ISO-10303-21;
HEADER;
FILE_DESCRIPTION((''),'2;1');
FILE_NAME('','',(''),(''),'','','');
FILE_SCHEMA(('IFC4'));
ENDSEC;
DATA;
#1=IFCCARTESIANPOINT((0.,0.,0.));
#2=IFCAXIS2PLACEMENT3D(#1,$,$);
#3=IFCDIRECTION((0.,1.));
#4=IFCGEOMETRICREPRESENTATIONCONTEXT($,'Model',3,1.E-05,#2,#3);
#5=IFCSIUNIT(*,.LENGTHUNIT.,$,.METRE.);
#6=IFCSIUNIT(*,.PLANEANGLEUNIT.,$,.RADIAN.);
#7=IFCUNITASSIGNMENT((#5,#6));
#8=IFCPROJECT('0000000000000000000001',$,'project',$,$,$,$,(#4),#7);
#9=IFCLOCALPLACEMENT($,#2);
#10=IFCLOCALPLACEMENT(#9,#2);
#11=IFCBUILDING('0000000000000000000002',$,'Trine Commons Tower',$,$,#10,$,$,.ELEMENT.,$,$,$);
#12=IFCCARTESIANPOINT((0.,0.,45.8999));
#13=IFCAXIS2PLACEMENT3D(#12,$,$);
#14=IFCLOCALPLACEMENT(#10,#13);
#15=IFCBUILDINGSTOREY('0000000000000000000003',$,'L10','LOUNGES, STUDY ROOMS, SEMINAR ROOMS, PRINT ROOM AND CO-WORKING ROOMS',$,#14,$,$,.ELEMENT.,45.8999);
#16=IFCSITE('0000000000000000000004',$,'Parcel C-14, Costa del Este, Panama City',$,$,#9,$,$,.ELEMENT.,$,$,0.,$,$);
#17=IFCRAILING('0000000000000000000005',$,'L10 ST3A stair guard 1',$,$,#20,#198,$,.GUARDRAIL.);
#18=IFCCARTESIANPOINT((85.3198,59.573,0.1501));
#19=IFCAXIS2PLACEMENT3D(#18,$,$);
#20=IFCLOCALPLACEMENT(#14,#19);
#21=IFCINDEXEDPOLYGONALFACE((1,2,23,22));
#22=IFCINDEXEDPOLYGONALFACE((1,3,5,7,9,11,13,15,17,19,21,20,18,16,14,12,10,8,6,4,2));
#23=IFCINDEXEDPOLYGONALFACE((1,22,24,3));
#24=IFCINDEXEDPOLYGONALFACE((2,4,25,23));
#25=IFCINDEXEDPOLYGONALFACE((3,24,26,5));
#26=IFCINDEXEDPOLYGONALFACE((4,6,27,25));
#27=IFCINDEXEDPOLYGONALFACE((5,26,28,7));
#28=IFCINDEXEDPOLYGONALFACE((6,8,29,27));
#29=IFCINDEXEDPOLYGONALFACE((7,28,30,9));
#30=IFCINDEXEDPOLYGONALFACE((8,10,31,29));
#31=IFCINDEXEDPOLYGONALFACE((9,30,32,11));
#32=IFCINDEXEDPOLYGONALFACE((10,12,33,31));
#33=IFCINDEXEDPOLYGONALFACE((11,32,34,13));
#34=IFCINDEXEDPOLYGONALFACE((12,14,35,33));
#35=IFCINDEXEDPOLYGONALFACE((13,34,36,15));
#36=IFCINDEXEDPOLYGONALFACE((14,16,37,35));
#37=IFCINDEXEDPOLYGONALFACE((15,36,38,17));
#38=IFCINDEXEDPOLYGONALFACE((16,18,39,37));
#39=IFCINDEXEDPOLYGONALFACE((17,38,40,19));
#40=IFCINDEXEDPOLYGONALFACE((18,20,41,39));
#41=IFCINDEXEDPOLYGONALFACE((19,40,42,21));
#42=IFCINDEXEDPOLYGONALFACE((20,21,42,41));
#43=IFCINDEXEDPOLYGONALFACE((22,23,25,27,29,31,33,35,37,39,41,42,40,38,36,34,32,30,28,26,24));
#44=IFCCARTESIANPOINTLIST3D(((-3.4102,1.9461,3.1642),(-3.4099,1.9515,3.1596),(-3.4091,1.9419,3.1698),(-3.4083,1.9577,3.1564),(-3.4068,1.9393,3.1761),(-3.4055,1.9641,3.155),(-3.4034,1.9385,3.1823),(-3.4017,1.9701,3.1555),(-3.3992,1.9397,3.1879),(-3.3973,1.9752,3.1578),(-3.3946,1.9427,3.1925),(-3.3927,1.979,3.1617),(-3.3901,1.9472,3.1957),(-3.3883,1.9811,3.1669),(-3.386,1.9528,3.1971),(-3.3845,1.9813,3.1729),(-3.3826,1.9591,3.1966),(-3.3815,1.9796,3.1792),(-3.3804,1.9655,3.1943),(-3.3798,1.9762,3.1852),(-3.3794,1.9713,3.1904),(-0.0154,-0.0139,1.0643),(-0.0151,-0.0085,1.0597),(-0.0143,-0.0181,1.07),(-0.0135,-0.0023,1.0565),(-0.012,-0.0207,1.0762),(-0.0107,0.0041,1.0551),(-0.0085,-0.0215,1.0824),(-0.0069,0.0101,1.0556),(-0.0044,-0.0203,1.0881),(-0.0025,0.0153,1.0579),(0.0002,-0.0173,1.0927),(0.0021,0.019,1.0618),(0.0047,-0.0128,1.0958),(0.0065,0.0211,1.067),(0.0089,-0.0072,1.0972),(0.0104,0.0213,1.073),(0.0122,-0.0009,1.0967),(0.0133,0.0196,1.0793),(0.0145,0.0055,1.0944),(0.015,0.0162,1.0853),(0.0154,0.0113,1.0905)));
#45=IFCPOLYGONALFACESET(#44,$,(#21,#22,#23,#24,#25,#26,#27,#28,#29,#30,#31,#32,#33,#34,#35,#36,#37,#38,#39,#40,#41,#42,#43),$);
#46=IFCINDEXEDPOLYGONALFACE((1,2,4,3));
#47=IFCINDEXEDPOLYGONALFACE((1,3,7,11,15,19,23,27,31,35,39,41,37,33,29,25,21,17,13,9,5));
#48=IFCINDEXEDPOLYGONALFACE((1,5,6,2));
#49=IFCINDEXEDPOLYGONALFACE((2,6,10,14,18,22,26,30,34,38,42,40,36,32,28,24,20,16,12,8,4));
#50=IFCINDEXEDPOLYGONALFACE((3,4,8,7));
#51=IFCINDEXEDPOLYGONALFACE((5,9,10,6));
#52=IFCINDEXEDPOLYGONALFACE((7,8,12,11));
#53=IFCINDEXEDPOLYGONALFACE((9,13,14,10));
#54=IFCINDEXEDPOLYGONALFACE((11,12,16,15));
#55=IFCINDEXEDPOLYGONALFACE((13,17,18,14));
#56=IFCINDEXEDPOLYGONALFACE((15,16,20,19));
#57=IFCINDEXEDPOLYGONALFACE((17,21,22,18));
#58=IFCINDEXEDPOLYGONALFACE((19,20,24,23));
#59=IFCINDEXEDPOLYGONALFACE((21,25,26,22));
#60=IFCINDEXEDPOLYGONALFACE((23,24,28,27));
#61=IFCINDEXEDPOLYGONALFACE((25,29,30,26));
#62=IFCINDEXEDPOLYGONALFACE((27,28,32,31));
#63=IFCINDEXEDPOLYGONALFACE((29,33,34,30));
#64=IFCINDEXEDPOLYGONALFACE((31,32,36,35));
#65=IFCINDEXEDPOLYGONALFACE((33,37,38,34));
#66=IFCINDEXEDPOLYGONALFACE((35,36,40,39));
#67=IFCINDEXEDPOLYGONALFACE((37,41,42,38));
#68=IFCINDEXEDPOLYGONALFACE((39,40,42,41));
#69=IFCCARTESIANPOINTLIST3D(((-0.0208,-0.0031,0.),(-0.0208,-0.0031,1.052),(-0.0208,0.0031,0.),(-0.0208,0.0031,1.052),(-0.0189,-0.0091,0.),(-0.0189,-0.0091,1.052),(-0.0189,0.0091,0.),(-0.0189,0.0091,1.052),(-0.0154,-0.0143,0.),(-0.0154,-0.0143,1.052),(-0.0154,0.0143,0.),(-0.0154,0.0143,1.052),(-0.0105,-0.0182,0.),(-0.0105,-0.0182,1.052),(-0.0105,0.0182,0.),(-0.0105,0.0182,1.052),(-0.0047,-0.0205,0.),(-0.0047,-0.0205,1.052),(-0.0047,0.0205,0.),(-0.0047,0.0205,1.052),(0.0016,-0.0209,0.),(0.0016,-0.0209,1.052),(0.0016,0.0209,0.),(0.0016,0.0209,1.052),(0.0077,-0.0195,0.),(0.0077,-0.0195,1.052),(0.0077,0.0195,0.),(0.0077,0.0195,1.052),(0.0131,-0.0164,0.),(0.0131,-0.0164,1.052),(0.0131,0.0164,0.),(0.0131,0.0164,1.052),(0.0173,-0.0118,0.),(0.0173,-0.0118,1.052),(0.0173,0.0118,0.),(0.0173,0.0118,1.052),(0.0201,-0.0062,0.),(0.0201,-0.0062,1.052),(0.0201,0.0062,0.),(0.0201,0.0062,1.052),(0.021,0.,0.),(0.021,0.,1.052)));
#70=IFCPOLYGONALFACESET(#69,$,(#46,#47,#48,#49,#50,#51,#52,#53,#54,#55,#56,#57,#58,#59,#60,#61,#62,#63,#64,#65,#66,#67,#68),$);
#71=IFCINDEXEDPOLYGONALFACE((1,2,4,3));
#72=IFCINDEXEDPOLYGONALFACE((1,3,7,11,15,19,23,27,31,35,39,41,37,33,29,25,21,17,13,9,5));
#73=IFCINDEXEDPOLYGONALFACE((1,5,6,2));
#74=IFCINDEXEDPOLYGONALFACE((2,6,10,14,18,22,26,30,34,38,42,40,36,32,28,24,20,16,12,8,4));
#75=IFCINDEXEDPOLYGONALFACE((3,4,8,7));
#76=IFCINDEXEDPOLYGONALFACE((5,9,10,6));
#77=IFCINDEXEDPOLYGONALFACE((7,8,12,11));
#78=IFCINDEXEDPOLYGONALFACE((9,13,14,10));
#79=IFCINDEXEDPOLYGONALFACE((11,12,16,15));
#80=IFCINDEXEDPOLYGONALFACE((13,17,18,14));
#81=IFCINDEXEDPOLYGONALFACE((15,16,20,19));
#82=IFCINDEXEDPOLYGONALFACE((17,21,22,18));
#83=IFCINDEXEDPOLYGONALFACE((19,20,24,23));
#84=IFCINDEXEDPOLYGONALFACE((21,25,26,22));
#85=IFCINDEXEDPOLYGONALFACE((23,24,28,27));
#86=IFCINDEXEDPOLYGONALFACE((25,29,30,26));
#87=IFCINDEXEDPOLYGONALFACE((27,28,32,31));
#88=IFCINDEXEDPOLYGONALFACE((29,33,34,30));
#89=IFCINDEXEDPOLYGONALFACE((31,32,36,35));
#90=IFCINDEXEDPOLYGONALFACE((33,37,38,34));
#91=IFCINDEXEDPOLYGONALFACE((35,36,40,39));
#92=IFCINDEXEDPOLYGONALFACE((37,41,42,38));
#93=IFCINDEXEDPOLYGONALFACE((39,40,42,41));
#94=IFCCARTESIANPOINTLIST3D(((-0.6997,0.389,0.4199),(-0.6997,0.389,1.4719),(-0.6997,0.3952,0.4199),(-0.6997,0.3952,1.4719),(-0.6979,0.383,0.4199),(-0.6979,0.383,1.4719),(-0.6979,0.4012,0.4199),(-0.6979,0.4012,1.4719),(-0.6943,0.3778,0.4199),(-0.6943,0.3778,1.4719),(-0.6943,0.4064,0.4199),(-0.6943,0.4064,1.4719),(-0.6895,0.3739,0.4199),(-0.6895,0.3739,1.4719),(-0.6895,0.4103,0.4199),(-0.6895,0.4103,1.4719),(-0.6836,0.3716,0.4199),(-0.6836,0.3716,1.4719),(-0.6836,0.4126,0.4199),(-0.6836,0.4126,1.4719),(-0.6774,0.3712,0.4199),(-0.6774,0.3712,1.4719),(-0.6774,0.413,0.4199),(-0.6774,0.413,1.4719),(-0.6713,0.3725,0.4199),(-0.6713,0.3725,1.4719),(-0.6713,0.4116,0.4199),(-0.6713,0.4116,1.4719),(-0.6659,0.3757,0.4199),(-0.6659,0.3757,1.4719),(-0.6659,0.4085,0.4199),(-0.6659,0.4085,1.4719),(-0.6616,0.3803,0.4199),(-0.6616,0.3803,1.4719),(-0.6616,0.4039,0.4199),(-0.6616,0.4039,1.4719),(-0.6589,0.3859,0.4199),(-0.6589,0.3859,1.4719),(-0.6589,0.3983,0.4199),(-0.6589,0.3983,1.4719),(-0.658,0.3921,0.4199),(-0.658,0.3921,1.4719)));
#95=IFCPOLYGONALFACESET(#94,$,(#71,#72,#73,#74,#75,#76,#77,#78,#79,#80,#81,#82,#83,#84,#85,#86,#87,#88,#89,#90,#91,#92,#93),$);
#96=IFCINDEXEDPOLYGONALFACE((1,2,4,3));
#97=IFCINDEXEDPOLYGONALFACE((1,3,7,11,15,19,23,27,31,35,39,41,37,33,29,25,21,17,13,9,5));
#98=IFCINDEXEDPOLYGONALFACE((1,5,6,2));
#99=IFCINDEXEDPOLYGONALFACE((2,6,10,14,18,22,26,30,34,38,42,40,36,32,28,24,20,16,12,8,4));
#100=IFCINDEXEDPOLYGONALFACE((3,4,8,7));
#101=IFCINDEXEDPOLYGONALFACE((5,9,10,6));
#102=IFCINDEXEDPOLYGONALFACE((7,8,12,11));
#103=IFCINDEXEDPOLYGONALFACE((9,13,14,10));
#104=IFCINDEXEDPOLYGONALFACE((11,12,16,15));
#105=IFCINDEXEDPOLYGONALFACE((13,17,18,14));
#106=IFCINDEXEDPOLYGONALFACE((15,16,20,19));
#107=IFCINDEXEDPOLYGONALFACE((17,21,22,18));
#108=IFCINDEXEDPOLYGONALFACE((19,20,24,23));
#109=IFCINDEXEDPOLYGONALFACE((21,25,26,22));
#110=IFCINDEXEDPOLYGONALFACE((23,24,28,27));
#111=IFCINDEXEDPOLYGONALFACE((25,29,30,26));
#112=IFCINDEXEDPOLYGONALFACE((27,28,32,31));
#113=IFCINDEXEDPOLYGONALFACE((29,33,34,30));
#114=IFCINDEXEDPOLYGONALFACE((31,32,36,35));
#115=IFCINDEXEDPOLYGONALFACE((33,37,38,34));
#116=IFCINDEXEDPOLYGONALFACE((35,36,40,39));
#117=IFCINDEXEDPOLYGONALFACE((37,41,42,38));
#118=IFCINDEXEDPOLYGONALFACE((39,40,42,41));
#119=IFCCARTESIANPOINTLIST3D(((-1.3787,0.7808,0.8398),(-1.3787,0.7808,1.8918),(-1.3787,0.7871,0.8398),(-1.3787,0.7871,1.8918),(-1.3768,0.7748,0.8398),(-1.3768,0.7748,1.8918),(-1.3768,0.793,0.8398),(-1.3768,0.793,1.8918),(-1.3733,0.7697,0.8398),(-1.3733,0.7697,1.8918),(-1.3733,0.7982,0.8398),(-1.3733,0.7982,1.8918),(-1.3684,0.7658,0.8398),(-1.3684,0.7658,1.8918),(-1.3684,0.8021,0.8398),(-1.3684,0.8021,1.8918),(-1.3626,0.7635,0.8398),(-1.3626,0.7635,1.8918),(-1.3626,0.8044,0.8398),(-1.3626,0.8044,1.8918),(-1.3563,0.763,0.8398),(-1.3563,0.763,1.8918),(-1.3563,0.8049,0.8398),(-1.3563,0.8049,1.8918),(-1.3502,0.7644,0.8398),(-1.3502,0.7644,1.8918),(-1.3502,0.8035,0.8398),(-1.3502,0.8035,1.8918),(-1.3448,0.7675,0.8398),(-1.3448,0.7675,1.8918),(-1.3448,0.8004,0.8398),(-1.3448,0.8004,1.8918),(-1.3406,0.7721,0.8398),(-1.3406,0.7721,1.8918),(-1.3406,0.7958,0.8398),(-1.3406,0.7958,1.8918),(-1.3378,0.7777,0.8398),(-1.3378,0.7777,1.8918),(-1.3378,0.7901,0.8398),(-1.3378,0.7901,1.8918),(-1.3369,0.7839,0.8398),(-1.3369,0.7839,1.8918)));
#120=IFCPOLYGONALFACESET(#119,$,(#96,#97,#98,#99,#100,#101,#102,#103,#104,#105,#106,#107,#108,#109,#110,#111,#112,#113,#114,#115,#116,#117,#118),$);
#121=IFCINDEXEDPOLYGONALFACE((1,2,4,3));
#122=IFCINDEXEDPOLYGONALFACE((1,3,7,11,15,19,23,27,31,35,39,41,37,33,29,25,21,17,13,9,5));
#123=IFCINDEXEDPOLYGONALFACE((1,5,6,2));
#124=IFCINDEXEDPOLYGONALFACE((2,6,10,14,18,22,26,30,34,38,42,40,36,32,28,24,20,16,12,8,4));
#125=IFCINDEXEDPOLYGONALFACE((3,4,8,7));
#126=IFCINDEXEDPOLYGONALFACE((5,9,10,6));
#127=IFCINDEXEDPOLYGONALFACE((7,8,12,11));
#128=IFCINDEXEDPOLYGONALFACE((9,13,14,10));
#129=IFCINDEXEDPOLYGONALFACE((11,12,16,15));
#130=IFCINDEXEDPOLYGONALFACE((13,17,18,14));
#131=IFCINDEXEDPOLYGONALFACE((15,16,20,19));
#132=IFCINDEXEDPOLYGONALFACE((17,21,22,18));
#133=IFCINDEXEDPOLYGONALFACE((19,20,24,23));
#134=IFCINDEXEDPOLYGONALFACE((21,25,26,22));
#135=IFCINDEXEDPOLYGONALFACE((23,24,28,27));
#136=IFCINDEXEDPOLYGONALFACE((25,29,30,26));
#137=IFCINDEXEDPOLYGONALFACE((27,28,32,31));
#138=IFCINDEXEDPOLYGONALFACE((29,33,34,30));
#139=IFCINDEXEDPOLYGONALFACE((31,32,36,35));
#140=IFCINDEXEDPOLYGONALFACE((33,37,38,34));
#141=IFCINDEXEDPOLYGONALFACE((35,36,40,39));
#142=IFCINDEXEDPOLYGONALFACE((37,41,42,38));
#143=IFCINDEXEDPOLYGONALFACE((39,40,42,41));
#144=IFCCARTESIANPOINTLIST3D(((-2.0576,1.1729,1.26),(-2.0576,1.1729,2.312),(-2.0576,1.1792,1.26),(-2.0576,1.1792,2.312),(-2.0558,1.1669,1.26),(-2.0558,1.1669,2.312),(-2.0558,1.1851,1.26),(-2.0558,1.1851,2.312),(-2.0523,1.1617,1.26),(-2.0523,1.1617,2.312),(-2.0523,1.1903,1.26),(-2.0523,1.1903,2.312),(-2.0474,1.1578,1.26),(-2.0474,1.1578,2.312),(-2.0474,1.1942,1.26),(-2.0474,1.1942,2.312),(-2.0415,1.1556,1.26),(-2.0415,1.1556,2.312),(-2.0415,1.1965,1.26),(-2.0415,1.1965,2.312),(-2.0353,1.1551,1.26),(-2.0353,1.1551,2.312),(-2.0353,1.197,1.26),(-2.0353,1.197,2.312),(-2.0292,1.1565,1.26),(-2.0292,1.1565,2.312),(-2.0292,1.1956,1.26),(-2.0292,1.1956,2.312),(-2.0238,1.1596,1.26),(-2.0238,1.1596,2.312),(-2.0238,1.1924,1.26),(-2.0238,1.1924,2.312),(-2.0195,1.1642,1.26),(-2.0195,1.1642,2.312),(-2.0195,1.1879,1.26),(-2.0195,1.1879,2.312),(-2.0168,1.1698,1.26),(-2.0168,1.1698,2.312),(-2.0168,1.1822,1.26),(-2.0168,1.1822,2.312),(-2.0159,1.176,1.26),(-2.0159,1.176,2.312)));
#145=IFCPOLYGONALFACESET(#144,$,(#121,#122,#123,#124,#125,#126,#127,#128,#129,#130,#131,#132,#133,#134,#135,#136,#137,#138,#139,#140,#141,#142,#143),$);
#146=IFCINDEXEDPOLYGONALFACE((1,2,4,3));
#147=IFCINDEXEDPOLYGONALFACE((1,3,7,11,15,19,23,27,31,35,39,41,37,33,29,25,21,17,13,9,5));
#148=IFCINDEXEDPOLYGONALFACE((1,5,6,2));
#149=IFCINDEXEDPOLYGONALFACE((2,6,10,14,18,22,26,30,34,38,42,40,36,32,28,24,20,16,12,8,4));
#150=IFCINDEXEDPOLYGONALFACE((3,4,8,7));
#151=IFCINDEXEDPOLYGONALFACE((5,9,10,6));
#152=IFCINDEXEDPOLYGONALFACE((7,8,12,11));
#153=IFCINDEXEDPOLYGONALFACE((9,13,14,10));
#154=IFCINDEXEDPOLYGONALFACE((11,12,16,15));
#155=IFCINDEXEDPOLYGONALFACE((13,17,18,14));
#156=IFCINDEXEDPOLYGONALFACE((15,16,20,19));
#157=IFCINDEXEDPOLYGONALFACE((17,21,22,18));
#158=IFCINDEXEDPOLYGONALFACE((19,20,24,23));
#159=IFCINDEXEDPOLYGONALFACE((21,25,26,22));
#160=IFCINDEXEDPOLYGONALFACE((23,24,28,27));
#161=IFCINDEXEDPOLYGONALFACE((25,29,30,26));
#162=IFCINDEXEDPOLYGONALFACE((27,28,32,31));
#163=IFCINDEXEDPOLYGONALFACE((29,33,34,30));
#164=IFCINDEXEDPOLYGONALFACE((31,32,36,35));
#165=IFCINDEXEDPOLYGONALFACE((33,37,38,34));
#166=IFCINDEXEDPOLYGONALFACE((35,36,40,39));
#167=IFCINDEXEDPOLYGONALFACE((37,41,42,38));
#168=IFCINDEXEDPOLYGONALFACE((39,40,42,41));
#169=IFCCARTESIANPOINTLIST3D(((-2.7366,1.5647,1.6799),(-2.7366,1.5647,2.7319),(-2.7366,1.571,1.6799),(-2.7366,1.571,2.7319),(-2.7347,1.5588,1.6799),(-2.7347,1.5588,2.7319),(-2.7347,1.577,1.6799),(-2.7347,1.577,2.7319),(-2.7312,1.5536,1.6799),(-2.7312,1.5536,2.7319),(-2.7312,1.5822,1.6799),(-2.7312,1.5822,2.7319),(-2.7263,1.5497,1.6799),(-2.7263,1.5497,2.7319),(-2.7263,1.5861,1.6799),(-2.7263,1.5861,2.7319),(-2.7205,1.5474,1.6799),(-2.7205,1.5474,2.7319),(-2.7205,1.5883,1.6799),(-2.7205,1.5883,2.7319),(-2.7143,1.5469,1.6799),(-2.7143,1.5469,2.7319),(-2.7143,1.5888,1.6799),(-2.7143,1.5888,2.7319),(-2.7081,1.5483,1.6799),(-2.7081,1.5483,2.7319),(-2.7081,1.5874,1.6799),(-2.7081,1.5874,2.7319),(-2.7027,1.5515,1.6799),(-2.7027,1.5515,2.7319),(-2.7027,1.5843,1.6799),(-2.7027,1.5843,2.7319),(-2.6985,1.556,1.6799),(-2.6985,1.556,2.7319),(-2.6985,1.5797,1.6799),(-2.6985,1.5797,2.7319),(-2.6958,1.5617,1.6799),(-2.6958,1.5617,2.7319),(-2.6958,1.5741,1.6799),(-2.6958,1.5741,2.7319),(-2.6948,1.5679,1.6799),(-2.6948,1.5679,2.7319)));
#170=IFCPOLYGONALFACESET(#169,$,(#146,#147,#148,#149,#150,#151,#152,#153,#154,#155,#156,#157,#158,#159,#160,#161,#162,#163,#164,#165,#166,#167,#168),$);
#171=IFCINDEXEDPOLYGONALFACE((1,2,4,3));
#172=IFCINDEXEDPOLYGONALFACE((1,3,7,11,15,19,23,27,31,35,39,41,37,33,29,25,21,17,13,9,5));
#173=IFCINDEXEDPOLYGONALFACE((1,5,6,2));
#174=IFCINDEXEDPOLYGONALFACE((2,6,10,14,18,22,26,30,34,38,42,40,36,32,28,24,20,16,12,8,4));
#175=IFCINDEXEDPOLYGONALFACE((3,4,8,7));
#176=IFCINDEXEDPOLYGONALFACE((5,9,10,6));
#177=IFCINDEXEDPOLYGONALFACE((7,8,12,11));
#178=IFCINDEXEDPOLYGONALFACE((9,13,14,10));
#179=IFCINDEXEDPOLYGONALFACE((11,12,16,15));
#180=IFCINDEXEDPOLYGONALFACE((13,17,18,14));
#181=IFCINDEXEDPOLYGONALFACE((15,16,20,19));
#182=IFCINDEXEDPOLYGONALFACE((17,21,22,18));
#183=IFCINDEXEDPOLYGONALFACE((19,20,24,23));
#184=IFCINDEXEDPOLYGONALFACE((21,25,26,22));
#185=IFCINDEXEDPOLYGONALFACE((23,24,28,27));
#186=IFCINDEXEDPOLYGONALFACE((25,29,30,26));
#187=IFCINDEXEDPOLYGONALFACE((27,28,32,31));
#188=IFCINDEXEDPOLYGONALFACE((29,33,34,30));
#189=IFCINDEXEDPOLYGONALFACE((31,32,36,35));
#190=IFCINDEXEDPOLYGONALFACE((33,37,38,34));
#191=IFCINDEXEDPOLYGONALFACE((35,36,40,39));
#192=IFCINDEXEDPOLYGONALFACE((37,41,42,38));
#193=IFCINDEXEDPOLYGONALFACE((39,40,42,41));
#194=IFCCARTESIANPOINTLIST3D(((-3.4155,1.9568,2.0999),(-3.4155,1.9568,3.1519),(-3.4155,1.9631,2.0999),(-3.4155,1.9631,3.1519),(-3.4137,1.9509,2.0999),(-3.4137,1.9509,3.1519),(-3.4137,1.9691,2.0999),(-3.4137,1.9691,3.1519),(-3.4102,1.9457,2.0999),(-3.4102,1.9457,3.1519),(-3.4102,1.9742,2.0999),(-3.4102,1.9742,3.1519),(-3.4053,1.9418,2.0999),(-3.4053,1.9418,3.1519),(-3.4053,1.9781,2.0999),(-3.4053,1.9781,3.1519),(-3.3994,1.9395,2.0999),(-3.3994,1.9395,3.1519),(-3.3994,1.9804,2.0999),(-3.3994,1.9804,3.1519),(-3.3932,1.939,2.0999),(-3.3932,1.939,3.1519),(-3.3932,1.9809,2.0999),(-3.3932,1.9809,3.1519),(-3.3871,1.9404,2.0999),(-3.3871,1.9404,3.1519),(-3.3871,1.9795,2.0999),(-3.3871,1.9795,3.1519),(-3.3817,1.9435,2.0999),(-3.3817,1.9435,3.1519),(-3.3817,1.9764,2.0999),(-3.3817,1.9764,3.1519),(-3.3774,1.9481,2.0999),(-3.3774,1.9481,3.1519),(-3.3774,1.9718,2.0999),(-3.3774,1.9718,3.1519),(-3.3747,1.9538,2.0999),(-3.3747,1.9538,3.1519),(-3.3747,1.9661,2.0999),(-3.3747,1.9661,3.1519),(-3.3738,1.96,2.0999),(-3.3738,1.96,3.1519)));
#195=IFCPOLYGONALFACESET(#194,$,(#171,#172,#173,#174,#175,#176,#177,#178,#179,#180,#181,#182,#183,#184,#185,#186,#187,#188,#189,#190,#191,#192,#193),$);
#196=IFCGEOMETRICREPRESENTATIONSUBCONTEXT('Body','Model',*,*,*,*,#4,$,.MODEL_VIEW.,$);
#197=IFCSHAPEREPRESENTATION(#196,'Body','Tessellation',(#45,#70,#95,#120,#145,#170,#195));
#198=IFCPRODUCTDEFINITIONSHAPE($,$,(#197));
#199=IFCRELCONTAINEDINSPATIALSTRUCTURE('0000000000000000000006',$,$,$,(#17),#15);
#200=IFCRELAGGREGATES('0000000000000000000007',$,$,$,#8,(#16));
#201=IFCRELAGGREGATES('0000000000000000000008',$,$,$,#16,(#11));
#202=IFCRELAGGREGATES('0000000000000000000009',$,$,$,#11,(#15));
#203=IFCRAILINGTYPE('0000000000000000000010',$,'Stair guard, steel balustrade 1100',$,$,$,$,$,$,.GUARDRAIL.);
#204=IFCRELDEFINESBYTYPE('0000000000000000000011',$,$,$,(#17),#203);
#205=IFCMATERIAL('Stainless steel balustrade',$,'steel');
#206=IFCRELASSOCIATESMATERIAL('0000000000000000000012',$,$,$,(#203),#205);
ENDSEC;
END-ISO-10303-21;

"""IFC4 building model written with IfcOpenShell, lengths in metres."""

from ifc_helpers import new_model, si_unit, direction, frame, origin, origin_2d, place, context, subcontext, project, spatial, circle, extrude, material, type_object, element, save


model = new_model("IFC4")

# Units and contexts
model_context = context("Model", 3, precision=1e-05, world=origin(), true_north=direction((0.0, 1.0)))
body_context = subcontext(model_context, "Body", "Model", "MODEL_VIEW")
ifc_project = project(units=[si_unit("LENGTHUNIT", "METRE"), si_unit("PLANEANGLEUNIT", "RADIAN")], contexts=[model_context])

# Site, building, storey
site_placement = place(None, origin())
site = spatial("IfcSite", under=ifc_project, at=site_placement, Name="Parcel C-14, Costa del Este, Panama City", CompositionType="ELEMENT", RefElevation=0.0)
building_placement = place(site_placement, origin())
building = spatial("IfcBuilding", under=site, at=building_placement, Name="Trine Commons Tower", CompositionType="ELEMENT")
storey_placement = place(building_placement, frame((0.0, 0.0, 45.8999)))
storey = spatial("IfcBuildingStorey", under=building, at=storey_placement, Name="L10", Description="LOUNGES, STUDY ROOMS, SEMINAR ROOMS, PRINT ROOM AND CO-WORKING ROOMS", CompositionType="ELEMENT", Elevation=45.8999)

# Railing
ifc_material_1 = material(Name="Stainless steel balustrade", Category="steel")
railing_type_1 = type_object("IfcRailingType", Name="Stair guard, steel balustrade 1100", PredefinedType="GUARDRAIL", material=ifc_material_1)
railing_1_placement = place(storey_placement, frame((85.3198, 59.573, 0.1501)))
element("IfcRailing", 1, at=railing_1_placement, inside=storey, type_object=railing_type_1, Name="L10 ST3A stair guard 1", PredefinedType="GUARDRAIL", context=body_context, shape_type="SweptSolid", body=[
    extrude(circle(Radius=0.0239, at=origin_2d()), frame((0.0, 0.0, 1.0762), z_axis=(-0.763395, 0.440743, 0.472201), x_axis=(-0.499997, -0.866027, 0.0)), (0.0, 0.0, 1.0), 4.447),
    extrude(circle(Radius=0.021, at=origin_2d()), origin(), (0.0, 0.0, 1.0), 1.052),
    extrude(circle(Radius=0.021, at=origin_2d()), frame((-0.679, 0.3921, 0.4199)), (0.0, 0.0, 1.0), 1.052),
    extrude(circle(Radius=0.021, at=origin_2d()), frame((-1.3579, 0.7839, 0.8398)), (0.0, 0.0, 1.0), 1.052),
    extrude(circle(Radius=0.021, at=origin_2d()), frame((-2.0369, 1.176, 1.26)), (0.0, 0.0, 1.0), 1.052),
    extrude(circle(Radius=0.021, at=origin_2d()), frame((-2.7158, 1.5679, 1.6799)), (0.0, 0.0, 1.0), 1.052),
    extrude(circle(Radius=0.021, at=origin_2d()), frame((-3.3948, 1.96, 2.0999)), (0.0, 0.0, 1.0), 1.052),
])

save(model, "model.ifc")
